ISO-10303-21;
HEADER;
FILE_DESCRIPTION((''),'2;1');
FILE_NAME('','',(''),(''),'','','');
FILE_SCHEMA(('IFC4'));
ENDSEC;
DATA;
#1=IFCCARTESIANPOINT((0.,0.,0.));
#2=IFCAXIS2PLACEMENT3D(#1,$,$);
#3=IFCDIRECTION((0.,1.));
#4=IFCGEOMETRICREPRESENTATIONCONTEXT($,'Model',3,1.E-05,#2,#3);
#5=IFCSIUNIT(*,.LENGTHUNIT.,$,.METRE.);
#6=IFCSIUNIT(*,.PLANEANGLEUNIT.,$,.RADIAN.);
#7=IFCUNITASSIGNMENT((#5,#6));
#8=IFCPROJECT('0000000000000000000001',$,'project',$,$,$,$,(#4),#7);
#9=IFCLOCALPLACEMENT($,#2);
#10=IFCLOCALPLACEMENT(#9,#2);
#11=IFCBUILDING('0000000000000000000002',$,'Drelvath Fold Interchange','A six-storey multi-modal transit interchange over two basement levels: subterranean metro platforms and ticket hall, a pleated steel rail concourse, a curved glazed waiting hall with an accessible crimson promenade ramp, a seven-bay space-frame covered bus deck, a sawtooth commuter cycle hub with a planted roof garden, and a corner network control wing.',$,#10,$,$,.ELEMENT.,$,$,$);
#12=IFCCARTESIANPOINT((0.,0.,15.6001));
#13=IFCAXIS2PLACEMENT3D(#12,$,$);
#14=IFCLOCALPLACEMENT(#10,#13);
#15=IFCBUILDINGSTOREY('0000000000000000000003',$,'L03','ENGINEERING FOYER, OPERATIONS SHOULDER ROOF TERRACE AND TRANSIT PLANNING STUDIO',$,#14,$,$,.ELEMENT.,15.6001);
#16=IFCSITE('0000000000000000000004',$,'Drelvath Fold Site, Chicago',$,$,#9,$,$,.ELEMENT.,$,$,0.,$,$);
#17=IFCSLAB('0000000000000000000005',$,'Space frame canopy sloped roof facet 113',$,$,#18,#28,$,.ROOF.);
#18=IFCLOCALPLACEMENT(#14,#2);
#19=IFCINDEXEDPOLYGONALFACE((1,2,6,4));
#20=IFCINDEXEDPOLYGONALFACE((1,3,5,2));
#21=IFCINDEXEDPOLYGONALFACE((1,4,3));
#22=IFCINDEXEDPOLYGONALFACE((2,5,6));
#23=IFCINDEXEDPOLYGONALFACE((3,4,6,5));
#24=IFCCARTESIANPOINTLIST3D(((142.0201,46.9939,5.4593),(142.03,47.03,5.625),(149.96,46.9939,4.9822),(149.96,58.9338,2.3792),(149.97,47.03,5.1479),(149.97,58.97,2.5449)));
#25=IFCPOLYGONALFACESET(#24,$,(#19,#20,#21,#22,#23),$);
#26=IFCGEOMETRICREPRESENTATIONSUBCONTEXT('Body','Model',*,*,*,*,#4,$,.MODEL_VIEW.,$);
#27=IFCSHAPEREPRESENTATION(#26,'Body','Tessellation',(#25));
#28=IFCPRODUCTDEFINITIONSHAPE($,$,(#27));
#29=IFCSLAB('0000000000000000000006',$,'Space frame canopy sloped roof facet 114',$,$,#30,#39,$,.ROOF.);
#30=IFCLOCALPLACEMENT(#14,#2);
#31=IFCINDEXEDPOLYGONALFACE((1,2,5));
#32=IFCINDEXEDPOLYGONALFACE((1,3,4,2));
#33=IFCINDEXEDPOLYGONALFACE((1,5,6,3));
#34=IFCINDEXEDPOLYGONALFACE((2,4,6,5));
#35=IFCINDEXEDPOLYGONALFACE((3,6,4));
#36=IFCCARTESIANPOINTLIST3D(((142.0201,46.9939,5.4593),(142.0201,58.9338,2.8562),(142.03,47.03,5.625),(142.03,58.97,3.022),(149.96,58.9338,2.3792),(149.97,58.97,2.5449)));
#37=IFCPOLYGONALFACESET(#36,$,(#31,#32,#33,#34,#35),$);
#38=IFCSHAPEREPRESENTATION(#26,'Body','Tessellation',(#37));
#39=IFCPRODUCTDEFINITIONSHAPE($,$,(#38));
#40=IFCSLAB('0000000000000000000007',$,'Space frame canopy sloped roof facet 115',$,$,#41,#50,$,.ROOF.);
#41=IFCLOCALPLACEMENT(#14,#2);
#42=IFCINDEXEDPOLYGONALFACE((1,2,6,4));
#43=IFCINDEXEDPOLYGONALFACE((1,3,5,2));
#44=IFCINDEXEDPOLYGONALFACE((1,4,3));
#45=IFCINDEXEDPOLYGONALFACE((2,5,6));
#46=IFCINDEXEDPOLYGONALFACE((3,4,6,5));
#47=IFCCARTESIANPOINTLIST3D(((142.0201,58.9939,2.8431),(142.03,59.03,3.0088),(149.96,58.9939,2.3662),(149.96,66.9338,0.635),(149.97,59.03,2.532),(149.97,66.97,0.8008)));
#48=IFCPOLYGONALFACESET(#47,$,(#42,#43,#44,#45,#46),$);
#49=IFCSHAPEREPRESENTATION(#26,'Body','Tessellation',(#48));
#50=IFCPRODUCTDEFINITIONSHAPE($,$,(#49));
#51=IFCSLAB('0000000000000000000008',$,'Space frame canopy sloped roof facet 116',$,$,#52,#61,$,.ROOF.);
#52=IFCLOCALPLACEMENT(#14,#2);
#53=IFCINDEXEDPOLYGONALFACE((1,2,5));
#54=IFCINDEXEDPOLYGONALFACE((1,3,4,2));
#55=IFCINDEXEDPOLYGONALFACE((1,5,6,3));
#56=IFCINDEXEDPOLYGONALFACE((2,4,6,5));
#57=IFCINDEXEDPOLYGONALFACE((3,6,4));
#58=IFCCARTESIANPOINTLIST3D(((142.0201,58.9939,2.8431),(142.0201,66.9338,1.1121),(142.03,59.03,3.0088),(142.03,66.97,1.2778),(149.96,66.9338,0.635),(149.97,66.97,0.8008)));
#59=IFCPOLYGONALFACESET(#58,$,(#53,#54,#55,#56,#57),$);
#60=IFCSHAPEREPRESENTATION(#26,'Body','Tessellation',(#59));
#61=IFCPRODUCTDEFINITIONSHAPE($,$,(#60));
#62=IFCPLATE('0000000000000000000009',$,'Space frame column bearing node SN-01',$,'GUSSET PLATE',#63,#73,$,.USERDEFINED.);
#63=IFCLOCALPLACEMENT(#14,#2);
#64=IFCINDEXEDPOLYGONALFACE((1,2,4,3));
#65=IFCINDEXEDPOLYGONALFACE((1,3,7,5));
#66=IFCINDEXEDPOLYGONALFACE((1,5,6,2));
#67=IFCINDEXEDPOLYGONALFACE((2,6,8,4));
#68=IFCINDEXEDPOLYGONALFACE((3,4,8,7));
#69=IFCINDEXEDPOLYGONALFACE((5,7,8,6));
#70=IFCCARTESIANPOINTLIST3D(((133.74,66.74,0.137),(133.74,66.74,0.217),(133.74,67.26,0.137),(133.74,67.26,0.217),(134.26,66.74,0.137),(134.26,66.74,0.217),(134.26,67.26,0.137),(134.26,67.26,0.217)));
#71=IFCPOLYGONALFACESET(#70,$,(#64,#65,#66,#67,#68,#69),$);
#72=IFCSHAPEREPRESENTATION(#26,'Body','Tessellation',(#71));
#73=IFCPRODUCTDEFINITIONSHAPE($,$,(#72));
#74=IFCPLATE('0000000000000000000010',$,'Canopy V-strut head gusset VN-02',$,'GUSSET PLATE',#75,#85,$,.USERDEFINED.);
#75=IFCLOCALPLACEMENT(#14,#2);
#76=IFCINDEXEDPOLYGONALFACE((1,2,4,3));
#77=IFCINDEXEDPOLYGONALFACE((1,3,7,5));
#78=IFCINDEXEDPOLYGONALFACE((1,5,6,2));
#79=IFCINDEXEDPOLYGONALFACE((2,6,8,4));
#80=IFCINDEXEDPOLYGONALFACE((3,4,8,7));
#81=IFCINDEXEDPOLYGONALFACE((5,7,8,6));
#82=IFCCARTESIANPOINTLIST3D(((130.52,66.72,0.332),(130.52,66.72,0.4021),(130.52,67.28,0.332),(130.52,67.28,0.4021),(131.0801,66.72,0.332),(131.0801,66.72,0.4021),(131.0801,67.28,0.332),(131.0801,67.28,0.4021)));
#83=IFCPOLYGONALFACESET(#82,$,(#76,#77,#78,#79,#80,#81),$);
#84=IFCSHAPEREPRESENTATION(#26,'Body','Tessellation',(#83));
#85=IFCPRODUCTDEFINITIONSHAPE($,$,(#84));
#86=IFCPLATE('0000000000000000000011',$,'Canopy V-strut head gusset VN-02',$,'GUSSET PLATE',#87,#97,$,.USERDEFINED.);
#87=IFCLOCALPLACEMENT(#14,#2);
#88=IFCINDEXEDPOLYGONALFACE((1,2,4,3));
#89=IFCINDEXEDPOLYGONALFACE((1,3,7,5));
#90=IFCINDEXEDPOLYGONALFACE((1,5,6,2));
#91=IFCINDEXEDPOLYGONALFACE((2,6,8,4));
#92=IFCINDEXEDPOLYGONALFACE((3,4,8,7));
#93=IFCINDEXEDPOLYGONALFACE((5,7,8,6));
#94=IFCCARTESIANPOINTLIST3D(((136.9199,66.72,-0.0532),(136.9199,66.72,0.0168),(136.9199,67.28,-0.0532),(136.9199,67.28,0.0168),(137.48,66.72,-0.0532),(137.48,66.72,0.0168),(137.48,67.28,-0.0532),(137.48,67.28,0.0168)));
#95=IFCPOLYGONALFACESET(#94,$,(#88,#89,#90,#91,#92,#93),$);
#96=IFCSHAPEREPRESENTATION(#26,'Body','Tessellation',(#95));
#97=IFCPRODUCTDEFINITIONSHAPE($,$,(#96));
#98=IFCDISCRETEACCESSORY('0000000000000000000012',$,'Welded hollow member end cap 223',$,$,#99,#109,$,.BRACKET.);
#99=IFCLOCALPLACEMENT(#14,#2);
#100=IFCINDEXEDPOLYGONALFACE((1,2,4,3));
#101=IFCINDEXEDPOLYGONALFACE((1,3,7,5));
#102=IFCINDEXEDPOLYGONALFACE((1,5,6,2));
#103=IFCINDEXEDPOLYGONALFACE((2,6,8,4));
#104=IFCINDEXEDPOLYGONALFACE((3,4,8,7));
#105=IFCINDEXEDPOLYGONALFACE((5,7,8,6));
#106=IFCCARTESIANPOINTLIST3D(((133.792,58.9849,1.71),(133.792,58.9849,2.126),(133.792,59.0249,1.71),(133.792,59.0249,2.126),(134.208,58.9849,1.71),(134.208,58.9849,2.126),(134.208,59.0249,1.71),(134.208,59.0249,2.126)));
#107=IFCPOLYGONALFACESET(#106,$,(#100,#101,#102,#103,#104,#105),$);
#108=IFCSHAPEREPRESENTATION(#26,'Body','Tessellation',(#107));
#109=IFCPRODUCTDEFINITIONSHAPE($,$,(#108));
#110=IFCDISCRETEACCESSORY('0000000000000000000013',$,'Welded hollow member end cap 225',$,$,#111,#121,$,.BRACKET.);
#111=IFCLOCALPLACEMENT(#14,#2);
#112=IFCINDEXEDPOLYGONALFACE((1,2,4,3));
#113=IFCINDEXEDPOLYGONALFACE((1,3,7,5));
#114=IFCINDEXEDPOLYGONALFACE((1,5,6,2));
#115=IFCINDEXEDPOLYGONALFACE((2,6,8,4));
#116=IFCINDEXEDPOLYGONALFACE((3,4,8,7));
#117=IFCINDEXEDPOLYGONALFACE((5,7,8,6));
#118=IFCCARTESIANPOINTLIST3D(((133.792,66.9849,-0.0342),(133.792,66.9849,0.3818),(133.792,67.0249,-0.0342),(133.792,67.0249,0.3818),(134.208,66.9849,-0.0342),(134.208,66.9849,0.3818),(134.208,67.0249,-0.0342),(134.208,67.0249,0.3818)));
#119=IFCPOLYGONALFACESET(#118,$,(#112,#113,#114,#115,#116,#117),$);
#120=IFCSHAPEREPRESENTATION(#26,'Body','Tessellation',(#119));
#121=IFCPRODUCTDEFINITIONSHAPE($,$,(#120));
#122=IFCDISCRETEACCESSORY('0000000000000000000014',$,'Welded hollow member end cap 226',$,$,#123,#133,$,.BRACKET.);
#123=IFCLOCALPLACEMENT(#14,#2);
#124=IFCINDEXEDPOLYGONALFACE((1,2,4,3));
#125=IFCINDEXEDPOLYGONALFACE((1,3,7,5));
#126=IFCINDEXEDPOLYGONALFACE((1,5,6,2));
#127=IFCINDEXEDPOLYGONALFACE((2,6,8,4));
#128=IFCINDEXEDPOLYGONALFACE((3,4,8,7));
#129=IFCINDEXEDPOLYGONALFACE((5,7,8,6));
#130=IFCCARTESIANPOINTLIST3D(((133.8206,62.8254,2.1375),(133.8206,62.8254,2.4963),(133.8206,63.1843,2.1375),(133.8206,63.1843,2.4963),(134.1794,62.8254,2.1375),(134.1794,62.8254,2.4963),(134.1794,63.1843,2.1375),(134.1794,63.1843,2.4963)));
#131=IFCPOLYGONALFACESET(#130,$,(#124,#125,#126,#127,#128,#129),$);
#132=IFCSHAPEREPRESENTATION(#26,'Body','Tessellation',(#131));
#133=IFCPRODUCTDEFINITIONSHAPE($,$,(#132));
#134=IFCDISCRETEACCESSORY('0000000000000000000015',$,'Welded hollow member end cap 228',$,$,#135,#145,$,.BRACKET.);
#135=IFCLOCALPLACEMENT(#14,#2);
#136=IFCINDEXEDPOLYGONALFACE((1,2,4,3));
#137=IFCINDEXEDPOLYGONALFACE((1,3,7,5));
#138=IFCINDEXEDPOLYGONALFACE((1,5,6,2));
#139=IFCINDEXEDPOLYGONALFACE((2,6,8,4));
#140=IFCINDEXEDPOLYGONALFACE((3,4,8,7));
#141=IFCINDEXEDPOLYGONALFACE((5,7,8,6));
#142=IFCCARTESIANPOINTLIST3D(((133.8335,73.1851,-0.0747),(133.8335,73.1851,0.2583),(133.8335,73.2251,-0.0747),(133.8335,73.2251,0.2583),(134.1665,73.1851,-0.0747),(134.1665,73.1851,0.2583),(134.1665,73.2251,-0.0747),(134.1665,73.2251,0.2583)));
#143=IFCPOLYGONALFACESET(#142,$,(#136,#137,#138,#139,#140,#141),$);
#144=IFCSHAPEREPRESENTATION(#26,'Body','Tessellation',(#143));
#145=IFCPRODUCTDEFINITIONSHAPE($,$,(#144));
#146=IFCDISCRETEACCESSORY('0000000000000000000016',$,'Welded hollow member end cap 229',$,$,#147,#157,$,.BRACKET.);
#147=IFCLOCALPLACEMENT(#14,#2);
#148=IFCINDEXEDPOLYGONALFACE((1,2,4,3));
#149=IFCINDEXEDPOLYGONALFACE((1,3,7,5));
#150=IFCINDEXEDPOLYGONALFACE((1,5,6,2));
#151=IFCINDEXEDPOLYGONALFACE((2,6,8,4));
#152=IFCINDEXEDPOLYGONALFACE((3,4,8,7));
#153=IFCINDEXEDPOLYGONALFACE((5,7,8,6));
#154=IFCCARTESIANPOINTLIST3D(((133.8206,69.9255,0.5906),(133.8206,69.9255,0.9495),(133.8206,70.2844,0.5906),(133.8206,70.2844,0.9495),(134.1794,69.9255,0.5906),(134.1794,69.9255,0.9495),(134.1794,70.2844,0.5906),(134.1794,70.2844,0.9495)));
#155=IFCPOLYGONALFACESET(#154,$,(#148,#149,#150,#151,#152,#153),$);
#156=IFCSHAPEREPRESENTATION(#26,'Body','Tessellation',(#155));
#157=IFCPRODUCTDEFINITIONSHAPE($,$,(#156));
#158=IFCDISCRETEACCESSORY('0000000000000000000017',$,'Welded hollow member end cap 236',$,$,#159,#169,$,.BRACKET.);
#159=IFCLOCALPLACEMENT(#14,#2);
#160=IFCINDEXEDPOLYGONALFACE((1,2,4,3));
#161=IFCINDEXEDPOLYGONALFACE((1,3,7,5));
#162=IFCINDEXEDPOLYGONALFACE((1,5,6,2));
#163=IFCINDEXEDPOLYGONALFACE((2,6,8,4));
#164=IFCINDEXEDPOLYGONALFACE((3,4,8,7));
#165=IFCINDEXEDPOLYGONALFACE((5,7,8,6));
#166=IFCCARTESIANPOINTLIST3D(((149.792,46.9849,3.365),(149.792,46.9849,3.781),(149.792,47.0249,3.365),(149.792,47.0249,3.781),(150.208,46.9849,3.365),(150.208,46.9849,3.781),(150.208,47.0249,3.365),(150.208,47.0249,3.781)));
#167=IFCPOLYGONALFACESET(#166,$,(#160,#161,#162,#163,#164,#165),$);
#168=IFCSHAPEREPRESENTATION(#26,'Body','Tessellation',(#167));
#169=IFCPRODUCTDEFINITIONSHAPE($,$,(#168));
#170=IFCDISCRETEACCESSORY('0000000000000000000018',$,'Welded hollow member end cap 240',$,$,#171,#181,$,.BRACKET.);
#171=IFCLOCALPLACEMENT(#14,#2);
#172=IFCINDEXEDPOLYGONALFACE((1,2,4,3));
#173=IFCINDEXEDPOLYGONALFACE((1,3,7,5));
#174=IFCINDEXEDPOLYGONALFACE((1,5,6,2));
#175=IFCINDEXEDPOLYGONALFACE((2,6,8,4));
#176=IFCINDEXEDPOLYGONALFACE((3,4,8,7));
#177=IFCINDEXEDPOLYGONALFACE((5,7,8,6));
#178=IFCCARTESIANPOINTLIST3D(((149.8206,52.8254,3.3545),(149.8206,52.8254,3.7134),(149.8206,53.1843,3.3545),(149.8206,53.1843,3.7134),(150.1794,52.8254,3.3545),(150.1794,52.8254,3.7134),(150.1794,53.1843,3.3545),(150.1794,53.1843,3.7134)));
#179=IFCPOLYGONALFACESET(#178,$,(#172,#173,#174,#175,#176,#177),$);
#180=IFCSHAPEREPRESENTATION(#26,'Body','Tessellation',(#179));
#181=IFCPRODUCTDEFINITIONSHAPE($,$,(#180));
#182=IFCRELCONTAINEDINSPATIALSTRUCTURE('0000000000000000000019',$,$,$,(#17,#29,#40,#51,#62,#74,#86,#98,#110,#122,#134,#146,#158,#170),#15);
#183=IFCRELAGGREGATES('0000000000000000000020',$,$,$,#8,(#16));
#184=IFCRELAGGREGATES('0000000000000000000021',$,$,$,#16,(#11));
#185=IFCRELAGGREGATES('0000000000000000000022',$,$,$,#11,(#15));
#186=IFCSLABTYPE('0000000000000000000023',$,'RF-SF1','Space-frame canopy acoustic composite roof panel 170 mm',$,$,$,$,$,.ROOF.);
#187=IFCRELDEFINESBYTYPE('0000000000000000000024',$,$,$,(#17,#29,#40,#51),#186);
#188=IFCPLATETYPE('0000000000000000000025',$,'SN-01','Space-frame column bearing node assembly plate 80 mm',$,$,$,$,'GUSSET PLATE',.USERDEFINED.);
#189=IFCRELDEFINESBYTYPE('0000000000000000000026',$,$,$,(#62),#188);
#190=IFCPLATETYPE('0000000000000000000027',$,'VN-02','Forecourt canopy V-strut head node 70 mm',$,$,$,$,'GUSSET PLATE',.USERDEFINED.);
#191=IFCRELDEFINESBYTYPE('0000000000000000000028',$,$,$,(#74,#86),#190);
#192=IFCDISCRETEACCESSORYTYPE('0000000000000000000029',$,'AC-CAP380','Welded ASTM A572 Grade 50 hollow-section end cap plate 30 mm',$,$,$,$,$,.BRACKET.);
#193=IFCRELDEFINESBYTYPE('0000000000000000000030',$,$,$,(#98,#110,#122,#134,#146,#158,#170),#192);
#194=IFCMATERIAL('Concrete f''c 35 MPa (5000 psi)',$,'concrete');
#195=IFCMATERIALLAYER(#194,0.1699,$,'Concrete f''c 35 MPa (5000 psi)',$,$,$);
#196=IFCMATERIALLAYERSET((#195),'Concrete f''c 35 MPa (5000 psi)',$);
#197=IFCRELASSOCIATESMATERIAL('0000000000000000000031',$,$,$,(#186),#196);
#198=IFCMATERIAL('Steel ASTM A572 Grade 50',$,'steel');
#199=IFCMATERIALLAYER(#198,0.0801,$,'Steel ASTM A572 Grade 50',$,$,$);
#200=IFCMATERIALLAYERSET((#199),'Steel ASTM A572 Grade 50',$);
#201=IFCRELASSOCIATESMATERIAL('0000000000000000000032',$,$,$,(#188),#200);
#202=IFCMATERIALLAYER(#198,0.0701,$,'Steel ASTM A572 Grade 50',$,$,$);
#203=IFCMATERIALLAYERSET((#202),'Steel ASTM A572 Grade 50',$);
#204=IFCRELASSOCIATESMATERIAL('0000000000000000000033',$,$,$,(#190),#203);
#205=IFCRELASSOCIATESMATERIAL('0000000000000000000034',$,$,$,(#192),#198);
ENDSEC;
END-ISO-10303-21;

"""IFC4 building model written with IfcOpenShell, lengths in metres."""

from ifc_helpers import new_model, si_unit, direction, frame, origin, origin_2d, place, context, subcontext, project, spatial, polyline, rectangle, outline, extrude, material, layer, layer_set, type_object, element, save


model = new_model("IFC4")

# Units and contexts
model_context = context("Model", 3, precision=1e-05, world=origin(), true_north=direction((0.0, 1.0)))
body_context = subcontext(model_context, "Body", "Model", "MODEL_VIEW")
ifc_project = project(units=[si_unit("LENGTHUNIT", "METRE"), si_unit("PLANEANGLEUNIT", "RADIAN")], contexts=[model_context])

# Site, building, storey
site_placement = place(None, origin())
site = spatial("IfcSite", under=ifc_project, at=site_placement, Name="Drelvath Fold Site, Chicago", CompositionType="ELEMENT", RefElevation=0.0)
building_placement = place(site_placement, origin())
building = spatial("IfcBuilding", under=site, at=building_placement, Name="Drelvath Fold Interchange", Description="A six-storey multi-modal transit interchange over two basement levels: subterranean metro platforms and ticket hall, a pleated steel rail concourse, a curved glazed waiting hall with an accessible crimson promenade ramp, a seven-bay space-frame covered bus deck, a sawtooth commuter cycle hub with a planted roof garden, and a corner network control wing.", CompositionType="ELEMENT")
storey_placement = place(building_placement, frame((0.0, 0.0, 15.6001)))
storey = spatial("IfcBuildingStorey", under=building, at=storey_placement, Name="L03", Description="ENGINEERING FOYER, OPERATIONS SHOULDER ROOF TERRACE AND TRANSIT PLANNING STUDIO", CompositionType="ELEMENT", Elevation=15.6001)

# Slabs
ifc_material_1 = material(Name="Concrete f'c 35 MPa (5000 psi)", Category="concrete")
ifc_layer_1 = layer(ifc_material_1, 0.1699, Name="Concrete f'c 35 MPa (5000 psi)")
ifc_layer_set_1 = layer_set([ifc_layer_1], Name="Concrete f'c 35 MPa (5000 psi)")
slab_type = type_object("IfcSlabType", Name="RF-SF1", Description="Space-frame canopy acoustic composite roof panel 170 mm", PredefinedType="ROOF", material=ifc_layer_set_1)
slab_1_placement = place(storey_placement, frame((142.03, 47.03, 5.625), z_axis=(0.058603, 0.212641, 0.975372), x_axis=(0.9982, 0.0, -0.059974)))
element("IfcSlab", 1, at=slab_1_placement, inside=storey, type_object=slab_type, Name="Space frame canopy sloped roof facet 113", PredefinedType="ROOF", context=body_context, shape_type="SweptSolid", body=[
    extrude(outline(polyline([(0.0, 0.0), (7.9543, 0.0), (8.1104, 12.2194), (0.0, 0.0)])), origin(), (0.0, 0.0, -1.0), 0.1699),
])
slab_2_placement = place(storey_placement, frame((142.03, 47.03, 5.625), z_axis=(0.058603, 0.212641, 0.975372), x_axis=(0.541384, 0.814124, -0.210015)))
element("IfcSlab", 2, at=slab_2_placement, inside=storey, type_object=slab_type, Name="Space frame canopy sloped roof facet 114", PredefinedType="ROOF", context=body_context, shape_type="SweptSolid", body=[
    extrude(outline(polyline([(0.0, 0.0), (14.666, 0.0), (10.2673, 6.6273), (0.0, 0.0)])), origin(), (0.0, 0.0, -1.0), 0.1699),
])
slab_3_placement = place(storey_placement, frame((142.03, 59.03, 3.0088), z_axis=(0.058572, 0.212666, 0.975368), x_axis=(0.998202, 0.0, -0.059944)))
element("IfcSlab", 3, at=slab_3_placement, inside=storey, type_object=slab_type, Name="Space frame canopy sloped roof facet 115", PredefinedType="ROOF", context=body_context, shape_type="SweptSolid", body=[
    extrude(outline(polyline([(0.0, 0.0), (7.9542, 0.0), (8.058, 8.1258), (0.0, 0.0)])), origin(), (0.0, 0.0, -1.0), 0.1699),
])
slab_4_placement = place(storey_placement, frame((142.03, 59.03, 3.0088), z_axis=(0.058603, 0.212637, 0.975372), x_axis=(0.69382, 0.69382, -0.192944)))
element("IfcSlab", 4, at=slab_4_placement, inside=storey, type_object=slab_type, Name="Space frame canopy sloped roof facet 116", PredefinedType="ROOF", context=body_context, shape_type="SweptSolid", body=[
    extrude(outline(polyline([(0.0, 0.0), (11.4438, 0.0), (5.8429, 5.648), (0.0, 0.0)])), origin(), (0.0, 0.0, -1.0), 0.1699),
])

# Plates
ifc_material_2 = material(Name="Steel ASTM A572 Grade 50", Category="steel")
ifc_layer_2 = layer(ifc_material_2, 0.0801, Name="Steel ASTM A572 Grade 50")
ifc_layer_set_2 = layer_set([ifc_layer_2], Name="Steel ASTM A572 Grade 50")
plate_type_1 = type_object("IfcPlateType", Name="SN-01", Description="Space-frame column bearing node assembly plate 80 mm", ElementType="GUSSET PLATE", PredefinedType="USERDEFINED", material=ifc_layer_set_2)
plate_placement = place(storey_placement, frame((134.0, 67.0, 0.137), z_axis=(0.0, 0.0, 1.0), x_axis=(1.0, 0.0, 0.0)))
element("IfcPlate", 5, at=plate_placement, inside=storey, type_object=plate_type_1, Name="Space frame column bearing node SN-01", ObjectType="GUSSET PLATE", PredefinedType="USERDEFINED", context=body_context, shape_type="SweptSolid", body=[
    extrude(rectangle(XDim=0.52, YDim=0.52, at=origin_2d()), origin(), (0.0, 0.0, 1.0), 0.0801),
])
ifc_layer_3 = layer(ifc_material_2, 0.0701, Name="Steel ASTM A572 Grade 50")
ifc_layer_set_3 = layer_set([ifc_layer_3], Name="Steel ASTM A572 Grade 50")
plate_type_2 = type_object("IfcPlateType", Name="VN-02", Description="Forecourt canopy V-strut head node 70 mm", ElementType="GUSSET PLATE", PredefinedType="USERDEFINED", material=ifc_layer_set_3)
for number, where, z_axis, x_axis, name in (
    (6, (130.8, 67.0, 0.332), (0.0, 0.0, 1.0), (1.0, 0.0, 0.0), "Canopy V-strut head gusset VN-02"),
    (7, (137.2, 67.0, -0.0532), (0.0, 0.0, 1.0), (1.0, 0.0, 0.0), "Canopy V-strut head gusset VN-02"),
):
    element("IfcPlate", number, at=place(storey_placement, frame(where, z_axis=z_axis, x_axis=x_axis)), inside=storey, type_object=plate_type_2, Name=name, ObjectType="GUSSET PLATE", PredefinedType="USERDEFINED", context=body_context, shape_type="SweptSolid", body=[
        extrude(rectangle(XDim=0.5601, YDim=0.5601, at=origin_2d()), origin(), (0.0, 0.0, 1.0), 0.0701),
    ])

# Discrete accessories
discrete_accessory_type = type_object("IfcDiscreteAccessoryType", Name="AC-CAP380", Description="Welded ASTM A572 Grade 50 hollow-section end cap plate 30 mm", PredefinedType="BRACKET", material=ifc_material_2)
for number, where, z_axis, x_axis, name in (
    (8, (134.0, 59.0049, 1.71), (0.0, 0.0, 1.0), (1.0, 0.0, 0.0), "Welded hollow member end cap 223"),
    (9, (134.0, 67.0049, -0.0342), (0.0, 0.0, 1.0), (1.0, 0.0, 0.0), "Welded hollow member end cap 225"),
):
    element("IfcDiscreteAccessory", number, at=place(storey_placement, frame(where, z_axis=z_axis, x_axis=x_axis)), inside=storey, type_object=discrete_accessory_type, Name=name, PredefinedType="BRACKET", context=body_context, shape_type="SweptSolid", body=[
        extrude(rectangle(XDim=0.416, YDim=0.04, at=origin_2d()), origin(), (0.0, 0.0, 1.0), 0.416),
    ])
discrete_accessory_1_placement = place(storey_placement, frame((134.0, 63.0049, 2.1375), z_axis=(0.0, 0.0, 1.0), x_axis=(1.0, 0.0, 0.0)))
element("IfcDiscreteAccessory", 10, at=discrete_accessory_1_placement, inside=storey, type_object=discrete_accessory_type, Name="Welded hollow member end cap 226", PredefinedType="BRACKET", context=body_context, shape_type="SweptSolid", body=[
    extrude(rectangle(XDim=0.3589, YDim=0.3589, at=origin_2d()), origin(), (0.0, 0.0, 1.0), 0.3589),
])
discrete_accessory_2_placement = place(storey_placement, frame((134.0, 73.2051, -0.0747), z_axis=(0.0, 0.0, 1.0), x_axis=(1.0, 0.0, 0.0)))
element("IfcDiscreteAccessory", 11, at=discrete_accessory_2_placement, inside=storey, type_object=discrete_accessory_type, Name="Welded hollow member end cap 228", PredefinedType="BRACKET", context=body_context, shape_type="SweptSolid", body=[
    extrude(rectangle(XDim=0.333, YDim=0.04, at=origin_2d()), origin(), (0.0, 0.0, 1.0), 0.333),
])
discrete_accessory_3_placement = place(storey_placement, frame((134.0, 70.105, 0.5906), z_axis=(0.0, 0.0, 1.0), x_axis=(1.0, 0.0, 0.0)))
element("IfcDiscreteAccessory", 12, at=discrete_accessory_3_placement, inside=storey, type_object=discrete_accessory_type, Name="Welded hollow member end cap 229", PredefinedType="BRACKET", context=body_context, shape_type="SweptSolid", body=[
    extrude(rectangle(XDim=0.3589, YDim=0.3589, at=origin_2d()), origin(), (0.0, 0.0, 1.0), 0.3589),
])
discrete_accessory_4_placement = place(storey_placement, frame((150.0, 47.0049, 3.365), z_axis=(0.0, 0.0, 1.0), x_axis=(1.0, 0.0, 0.0)))
element("IfcDiscreteAccessory", 13, at=discrete_accessory_4_placement, inside=storey, type_object=discrete_accessory_type, Name="Welded hollow member end cap 236", PredefinedType="BRACKET", context=body_context, shape_type="SweptSolid", body=[
    extrude(rectangle(XDim=0.416, YDim=0.04, at=origin_2d()), origin(), (0.0, 0.0, 1.0), 0.416),
])
discrete_accessory_5_placement = place(storey_placement, frame((150.0, 53.0049, 3.3545), z_axis=(0.0, 0.0, 1.0), x_axis=(1.0, 0.0, 0.0)))
element("IfcDiscreteAccessory", 14, at=discrete_accessory_5_placement, inside=storey, type_object=discrete_accessory_type, Name="Welded hollow member end cap 240", PredefinedType="BRACKET", context=body_context, shape_type="SweptSolid", body=[
    extrude(rectangle(XDim=0.3589, YDim=0.3589, at=origin_2d()), origin(), (0.0, 0.0, 1.0), 0.3589),
])

save(model, "model.ifc")
